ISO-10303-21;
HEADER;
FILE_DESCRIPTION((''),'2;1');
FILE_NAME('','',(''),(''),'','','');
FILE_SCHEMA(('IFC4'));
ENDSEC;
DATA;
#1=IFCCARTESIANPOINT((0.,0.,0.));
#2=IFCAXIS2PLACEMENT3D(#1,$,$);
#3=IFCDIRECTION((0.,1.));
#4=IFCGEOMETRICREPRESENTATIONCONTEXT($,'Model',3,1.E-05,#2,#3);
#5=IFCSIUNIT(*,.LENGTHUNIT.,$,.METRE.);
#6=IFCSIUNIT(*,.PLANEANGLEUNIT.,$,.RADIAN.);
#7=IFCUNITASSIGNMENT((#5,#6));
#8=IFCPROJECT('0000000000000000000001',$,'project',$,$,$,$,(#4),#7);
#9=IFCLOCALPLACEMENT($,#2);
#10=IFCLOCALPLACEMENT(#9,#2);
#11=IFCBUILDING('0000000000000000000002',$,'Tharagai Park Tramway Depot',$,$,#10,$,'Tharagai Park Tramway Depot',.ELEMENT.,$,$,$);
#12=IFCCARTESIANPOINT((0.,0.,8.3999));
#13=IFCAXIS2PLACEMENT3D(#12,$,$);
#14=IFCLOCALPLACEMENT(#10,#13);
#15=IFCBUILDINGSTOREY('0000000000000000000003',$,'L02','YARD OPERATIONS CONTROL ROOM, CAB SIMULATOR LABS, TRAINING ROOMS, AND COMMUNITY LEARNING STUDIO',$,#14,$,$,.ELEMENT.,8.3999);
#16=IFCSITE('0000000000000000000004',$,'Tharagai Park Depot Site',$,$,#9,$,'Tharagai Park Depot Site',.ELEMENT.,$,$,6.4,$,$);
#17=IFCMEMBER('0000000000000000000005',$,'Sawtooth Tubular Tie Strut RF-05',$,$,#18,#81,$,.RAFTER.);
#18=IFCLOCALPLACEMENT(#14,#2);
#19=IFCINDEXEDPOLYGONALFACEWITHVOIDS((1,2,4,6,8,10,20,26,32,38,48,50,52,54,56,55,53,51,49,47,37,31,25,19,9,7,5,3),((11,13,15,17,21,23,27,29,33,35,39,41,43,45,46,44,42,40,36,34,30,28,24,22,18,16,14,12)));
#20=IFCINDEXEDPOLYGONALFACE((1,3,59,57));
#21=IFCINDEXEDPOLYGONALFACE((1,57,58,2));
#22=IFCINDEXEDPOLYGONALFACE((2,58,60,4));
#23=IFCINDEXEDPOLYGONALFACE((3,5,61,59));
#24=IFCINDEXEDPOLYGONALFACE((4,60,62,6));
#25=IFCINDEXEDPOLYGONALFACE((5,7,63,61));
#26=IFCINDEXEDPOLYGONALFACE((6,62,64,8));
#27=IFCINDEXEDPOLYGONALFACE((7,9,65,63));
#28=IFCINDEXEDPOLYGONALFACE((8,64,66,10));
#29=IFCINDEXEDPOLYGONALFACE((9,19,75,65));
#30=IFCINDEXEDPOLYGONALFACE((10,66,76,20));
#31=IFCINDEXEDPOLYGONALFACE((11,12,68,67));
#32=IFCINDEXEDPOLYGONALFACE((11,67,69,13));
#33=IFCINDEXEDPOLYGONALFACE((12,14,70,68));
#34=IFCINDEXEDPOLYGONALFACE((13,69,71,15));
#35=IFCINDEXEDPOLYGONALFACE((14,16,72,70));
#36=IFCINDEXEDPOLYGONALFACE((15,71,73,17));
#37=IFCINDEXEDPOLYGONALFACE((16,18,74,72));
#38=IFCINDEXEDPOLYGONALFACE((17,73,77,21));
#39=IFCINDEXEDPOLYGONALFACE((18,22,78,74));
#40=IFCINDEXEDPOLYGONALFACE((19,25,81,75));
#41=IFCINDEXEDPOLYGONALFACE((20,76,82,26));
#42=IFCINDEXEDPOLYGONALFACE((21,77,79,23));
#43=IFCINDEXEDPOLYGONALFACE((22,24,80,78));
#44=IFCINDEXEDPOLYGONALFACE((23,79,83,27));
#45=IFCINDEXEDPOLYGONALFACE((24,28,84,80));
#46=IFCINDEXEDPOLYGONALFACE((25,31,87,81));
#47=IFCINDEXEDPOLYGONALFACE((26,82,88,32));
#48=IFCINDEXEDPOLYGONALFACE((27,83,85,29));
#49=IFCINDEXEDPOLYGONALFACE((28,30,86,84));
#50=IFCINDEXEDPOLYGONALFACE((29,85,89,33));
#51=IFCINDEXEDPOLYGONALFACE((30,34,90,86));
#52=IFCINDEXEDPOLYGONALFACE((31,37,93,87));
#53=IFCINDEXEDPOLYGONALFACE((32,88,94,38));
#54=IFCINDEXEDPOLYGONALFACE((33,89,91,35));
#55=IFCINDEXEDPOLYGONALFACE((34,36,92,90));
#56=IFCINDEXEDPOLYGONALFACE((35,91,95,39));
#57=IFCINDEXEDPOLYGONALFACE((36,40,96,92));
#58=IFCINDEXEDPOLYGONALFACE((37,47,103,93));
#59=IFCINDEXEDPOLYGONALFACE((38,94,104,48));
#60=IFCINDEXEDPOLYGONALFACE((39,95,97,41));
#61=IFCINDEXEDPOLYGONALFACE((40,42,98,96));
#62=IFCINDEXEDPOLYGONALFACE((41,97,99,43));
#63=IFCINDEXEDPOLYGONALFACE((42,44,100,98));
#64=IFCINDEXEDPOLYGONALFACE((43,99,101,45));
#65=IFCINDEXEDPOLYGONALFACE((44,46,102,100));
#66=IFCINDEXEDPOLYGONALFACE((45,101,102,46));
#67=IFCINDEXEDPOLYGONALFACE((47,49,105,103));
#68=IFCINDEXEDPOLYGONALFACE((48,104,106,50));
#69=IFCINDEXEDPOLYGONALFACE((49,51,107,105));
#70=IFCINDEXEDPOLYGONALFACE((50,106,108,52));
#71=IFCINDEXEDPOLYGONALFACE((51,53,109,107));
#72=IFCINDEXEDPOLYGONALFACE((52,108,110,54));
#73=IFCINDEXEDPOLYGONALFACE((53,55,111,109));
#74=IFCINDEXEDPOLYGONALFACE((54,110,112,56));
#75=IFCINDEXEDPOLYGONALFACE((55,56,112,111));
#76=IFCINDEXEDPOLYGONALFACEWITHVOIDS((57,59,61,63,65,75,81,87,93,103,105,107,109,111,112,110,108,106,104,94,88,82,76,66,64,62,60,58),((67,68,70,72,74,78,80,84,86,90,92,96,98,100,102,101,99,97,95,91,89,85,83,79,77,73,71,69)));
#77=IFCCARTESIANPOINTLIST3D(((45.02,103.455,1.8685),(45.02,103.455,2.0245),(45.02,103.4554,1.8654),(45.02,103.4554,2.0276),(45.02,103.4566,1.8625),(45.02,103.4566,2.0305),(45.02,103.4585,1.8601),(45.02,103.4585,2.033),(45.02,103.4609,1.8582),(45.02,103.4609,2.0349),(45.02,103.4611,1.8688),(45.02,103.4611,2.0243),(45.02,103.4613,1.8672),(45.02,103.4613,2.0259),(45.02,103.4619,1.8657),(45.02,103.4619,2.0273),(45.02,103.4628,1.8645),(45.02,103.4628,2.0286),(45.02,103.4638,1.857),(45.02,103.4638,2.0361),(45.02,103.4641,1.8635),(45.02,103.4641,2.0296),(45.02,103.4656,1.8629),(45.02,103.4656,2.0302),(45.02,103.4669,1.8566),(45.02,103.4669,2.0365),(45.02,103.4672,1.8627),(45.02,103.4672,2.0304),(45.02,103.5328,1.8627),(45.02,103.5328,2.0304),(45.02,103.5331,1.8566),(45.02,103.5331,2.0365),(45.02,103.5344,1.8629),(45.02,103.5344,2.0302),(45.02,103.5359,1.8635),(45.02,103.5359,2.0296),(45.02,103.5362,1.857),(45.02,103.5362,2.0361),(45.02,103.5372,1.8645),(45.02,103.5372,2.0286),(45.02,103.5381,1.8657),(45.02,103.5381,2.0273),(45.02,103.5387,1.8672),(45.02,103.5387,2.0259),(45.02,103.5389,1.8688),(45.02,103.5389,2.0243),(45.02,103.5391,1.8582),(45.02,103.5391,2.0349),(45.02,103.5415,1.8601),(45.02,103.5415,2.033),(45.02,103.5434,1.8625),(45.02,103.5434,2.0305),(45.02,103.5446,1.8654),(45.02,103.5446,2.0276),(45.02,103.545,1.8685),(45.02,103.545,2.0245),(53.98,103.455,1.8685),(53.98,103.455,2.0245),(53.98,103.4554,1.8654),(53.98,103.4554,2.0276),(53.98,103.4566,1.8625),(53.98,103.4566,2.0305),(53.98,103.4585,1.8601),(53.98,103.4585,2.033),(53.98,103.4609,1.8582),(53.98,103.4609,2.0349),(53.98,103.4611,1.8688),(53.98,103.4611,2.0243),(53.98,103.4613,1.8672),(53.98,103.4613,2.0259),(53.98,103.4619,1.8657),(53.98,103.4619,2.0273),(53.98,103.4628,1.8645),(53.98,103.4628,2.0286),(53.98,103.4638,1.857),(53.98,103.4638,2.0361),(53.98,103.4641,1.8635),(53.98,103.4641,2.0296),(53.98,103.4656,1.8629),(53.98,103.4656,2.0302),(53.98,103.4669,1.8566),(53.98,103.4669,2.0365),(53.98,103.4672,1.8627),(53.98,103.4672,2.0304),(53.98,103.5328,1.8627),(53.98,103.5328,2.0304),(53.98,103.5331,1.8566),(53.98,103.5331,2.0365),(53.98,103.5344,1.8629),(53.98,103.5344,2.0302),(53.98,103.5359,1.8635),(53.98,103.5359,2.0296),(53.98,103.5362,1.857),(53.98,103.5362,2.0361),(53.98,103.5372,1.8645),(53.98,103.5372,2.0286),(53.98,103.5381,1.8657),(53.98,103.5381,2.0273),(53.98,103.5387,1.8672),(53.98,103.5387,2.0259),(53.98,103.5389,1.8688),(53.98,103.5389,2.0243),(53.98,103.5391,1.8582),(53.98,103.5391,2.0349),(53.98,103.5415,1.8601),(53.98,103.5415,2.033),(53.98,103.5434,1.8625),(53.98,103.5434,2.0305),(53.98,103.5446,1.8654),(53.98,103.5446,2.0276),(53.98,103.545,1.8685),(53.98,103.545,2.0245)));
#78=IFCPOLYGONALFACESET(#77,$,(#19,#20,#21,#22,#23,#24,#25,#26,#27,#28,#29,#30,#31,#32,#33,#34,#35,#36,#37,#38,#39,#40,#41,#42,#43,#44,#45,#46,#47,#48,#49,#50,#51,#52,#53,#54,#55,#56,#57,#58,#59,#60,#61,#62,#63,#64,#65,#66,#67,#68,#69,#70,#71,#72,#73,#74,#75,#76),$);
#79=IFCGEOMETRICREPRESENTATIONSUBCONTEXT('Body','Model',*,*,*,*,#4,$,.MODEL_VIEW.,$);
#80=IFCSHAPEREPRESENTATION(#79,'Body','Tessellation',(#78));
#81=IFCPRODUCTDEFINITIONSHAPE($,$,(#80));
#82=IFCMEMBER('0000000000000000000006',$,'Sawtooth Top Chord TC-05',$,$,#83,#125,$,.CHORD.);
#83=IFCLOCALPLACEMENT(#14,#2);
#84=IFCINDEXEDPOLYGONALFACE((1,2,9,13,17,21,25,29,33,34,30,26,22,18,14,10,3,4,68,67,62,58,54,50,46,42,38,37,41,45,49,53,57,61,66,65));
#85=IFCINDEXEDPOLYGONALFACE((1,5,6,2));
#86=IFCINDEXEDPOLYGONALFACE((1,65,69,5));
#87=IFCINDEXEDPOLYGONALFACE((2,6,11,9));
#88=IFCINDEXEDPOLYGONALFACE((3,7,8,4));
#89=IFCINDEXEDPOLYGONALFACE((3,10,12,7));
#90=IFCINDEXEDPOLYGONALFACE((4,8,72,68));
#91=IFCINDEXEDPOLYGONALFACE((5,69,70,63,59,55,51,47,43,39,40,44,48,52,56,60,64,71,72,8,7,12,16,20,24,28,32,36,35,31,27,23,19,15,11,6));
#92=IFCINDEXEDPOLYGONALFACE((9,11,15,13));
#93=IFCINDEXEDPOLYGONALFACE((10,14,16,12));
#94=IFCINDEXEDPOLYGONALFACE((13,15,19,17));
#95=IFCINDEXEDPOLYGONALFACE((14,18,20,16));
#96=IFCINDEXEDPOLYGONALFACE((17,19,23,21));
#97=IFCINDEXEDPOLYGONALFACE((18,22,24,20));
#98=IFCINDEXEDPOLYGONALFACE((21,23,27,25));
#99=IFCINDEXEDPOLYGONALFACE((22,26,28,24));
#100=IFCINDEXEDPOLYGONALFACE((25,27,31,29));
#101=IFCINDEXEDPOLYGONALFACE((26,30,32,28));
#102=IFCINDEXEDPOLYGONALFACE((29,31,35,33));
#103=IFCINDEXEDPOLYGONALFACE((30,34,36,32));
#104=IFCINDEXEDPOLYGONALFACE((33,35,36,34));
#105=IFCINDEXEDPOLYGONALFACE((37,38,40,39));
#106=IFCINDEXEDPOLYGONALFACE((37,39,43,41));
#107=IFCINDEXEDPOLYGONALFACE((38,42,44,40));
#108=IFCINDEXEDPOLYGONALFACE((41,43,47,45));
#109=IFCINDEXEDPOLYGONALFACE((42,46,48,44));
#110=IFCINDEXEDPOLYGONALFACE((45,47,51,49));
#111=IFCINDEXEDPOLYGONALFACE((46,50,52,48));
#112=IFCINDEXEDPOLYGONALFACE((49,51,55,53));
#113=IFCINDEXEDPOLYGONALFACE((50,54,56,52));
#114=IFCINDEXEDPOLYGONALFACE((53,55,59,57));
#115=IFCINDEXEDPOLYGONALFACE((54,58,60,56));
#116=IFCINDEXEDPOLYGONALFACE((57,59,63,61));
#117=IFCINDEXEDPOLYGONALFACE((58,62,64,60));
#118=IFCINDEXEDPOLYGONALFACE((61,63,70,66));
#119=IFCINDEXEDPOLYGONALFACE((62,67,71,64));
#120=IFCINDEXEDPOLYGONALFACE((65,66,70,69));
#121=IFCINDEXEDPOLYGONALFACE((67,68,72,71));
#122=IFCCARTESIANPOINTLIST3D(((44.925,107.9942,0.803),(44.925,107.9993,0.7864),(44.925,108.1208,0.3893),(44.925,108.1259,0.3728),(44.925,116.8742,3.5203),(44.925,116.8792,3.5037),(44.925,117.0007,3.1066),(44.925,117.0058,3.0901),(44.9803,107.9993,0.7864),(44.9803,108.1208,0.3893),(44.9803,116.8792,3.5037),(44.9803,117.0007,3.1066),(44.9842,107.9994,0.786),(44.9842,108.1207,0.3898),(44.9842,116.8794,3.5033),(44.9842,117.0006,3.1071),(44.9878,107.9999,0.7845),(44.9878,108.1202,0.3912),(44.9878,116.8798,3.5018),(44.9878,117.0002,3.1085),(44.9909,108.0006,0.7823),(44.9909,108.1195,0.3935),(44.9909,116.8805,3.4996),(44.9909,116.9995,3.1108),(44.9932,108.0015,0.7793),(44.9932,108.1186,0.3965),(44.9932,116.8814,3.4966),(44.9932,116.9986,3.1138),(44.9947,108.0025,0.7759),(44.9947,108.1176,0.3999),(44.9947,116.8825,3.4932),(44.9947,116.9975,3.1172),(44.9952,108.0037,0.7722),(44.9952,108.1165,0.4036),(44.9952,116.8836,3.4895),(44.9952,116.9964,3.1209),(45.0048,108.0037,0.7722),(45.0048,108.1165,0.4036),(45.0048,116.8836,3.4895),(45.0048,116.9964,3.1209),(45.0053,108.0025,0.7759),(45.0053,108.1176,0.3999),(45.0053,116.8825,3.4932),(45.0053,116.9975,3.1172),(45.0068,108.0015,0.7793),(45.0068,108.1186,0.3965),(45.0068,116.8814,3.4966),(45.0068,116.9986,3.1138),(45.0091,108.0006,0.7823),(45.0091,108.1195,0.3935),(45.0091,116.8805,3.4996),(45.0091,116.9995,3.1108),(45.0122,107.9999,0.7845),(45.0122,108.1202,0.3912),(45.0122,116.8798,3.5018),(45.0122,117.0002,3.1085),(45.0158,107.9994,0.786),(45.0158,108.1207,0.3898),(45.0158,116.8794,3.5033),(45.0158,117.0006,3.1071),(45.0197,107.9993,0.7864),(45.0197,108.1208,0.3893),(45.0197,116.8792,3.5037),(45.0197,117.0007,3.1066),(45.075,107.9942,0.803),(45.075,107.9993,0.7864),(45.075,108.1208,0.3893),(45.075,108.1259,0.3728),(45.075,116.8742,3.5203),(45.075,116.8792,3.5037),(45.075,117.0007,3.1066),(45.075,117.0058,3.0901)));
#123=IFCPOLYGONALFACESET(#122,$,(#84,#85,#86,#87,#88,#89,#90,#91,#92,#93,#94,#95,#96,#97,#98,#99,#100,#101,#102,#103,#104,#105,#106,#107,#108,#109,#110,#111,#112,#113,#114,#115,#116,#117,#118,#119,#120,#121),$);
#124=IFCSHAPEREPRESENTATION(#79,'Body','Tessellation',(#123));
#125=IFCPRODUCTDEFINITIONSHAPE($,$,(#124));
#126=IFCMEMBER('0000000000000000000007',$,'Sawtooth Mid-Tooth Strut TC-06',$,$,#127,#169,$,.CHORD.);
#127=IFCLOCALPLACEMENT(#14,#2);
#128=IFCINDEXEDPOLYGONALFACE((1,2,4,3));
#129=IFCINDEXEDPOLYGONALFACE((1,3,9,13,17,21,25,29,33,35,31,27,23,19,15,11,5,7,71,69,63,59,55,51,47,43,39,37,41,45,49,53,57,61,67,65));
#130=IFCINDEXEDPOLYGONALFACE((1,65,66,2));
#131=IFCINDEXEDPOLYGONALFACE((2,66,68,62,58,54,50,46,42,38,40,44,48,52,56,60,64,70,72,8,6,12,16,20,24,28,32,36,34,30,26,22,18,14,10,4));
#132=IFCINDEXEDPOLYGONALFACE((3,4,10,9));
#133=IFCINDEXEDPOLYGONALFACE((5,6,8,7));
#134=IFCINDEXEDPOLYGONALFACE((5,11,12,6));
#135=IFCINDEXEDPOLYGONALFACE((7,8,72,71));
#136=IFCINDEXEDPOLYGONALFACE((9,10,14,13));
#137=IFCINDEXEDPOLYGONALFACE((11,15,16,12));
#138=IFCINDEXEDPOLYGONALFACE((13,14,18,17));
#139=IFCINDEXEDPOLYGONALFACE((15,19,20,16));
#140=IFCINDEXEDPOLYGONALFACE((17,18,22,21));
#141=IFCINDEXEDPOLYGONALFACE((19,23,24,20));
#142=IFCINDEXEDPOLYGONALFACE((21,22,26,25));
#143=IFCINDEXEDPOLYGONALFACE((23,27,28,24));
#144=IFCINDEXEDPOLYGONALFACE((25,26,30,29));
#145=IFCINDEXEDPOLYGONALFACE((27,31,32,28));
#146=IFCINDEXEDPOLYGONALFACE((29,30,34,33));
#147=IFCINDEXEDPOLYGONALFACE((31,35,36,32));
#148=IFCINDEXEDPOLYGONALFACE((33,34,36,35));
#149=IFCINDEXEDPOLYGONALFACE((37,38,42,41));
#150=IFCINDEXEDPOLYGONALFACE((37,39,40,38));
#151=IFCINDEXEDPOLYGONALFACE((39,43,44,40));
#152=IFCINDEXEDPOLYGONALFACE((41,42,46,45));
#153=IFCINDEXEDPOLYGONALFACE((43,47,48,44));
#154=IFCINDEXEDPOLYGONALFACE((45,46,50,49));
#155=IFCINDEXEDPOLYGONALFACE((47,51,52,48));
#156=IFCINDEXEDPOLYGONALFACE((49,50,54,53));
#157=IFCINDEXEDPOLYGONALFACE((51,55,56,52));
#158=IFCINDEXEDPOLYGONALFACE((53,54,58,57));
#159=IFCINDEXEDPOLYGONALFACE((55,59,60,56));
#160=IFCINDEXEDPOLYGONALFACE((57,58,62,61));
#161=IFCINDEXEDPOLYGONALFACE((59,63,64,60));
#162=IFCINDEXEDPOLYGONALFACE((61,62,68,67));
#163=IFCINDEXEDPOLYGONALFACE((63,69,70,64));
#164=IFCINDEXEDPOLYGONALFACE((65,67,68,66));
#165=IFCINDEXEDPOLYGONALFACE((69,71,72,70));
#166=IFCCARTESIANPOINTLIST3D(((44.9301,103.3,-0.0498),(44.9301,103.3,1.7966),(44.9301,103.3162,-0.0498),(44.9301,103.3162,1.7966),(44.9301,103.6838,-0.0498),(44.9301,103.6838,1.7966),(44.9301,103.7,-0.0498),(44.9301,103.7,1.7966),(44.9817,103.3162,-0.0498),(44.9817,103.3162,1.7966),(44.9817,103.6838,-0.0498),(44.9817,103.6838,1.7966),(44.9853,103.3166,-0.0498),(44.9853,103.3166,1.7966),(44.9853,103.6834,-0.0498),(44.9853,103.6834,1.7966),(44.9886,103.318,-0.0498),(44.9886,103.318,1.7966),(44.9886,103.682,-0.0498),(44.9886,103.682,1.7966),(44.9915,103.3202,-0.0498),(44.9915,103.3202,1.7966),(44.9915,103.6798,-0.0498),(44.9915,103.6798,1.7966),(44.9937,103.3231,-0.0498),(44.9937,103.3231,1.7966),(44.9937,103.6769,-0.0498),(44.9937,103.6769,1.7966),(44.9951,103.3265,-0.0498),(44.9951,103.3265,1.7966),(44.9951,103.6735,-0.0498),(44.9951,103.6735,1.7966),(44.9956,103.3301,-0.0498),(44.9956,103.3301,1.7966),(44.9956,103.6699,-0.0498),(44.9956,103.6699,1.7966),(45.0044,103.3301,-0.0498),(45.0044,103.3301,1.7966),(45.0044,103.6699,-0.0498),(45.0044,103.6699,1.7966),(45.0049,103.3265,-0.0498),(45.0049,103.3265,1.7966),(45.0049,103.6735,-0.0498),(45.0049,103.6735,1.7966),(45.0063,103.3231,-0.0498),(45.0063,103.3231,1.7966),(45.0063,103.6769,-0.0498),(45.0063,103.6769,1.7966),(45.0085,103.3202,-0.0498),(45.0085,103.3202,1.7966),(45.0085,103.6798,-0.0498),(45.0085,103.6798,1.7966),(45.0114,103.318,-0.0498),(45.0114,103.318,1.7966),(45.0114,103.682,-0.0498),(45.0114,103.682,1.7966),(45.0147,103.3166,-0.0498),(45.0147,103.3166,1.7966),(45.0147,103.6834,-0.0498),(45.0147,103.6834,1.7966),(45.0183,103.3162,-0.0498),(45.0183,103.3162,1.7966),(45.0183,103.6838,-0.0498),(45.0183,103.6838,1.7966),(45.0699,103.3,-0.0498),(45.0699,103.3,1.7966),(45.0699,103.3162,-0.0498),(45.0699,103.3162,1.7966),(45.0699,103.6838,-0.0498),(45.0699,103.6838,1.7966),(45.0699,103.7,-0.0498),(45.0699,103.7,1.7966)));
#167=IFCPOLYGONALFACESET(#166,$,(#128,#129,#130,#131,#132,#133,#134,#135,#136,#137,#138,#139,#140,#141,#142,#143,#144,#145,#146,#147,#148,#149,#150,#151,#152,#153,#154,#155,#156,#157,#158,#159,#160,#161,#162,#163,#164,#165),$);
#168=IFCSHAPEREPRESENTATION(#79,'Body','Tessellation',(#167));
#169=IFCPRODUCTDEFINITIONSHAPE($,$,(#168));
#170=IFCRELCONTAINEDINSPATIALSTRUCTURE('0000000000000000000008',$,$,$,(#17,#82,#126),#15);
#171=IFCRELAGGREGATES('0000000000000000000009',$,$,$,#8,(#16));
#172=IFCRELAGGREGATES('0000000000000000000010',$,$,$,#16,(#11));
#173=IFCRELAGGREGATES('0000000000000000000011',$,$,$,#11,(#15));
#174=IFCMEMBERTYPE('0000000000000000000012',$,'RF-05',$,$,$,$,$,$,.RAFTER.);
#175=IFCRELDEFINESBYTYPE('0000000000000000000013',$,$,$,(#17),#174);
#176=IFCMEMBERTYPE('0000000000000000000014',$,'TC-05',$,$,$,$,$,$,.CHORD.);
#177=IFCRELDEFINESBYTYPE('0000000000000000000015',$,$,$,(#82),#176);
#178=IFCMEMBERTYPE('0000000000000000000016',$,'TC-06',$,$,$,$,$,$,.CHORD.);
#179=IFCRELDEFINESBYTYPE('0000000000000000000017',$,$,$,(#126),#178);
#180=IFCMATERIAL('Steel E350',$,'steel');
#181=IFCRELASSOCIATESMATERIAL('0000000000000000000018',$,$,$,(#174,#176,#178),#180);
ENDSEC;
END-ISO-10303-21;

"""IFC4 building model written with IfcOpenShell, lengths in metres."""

from ifc_helpers import new_model, si_unit, direction, frame, origin, origin_2d, place, context, subcontext, project, spatial, hollow_rectangle, i_section, extrude, material, material_profile, profile_set, type_object, element, save


model = new_model("IFC4")

# Units and contexts
model_context = context("Model", 3, precision=1e-05, world=origin(), true_north=direction((0.0, 1.0)))
body_context = subcontext(model_context, "Body", "Model", "MODEL_VIEW")
ifc_project = project(units=[si_unit("LENGTHUNIT", "METRE"), si_unit("PLANEANGLEUNIT", "RADIAN")], contexts=[model_context])

# Site, building, storey
site_placement = place(None, origin())
site = spatial("IfcSite", under=ifc_project, at=site_placement, Name="Tharagai Park Depot Site", LongName="Tharagai Park Depot Site", CompositionType="ELEMENT", RefElevation=6.4)
building_placement = place(site_placement, origin())
building = spatial("IfcBuilding", under=site, at=building_placement, Name="Tharagai Park Tramway Depot", LongName="Tharagai Park Tramway Depot", CompositionType="ELEMENT")
storey_placement = place(building_placement, frame((0.0, 0.0, 8.3999)))
storey = spatial("IfcBuildingStorey", under=building, at=storey_placement, Name="L02", Description="YARD OPERATIONS CONTROL ROOM, CAB SIMULATOR LABS, TRAINING ROOMS, AND COMMUNITY LEARNING STUDIO", CompositionType="ELEMENT", Elevation=8.3999)

# Shared definitions
ifc_material_1 = material(Name="Steel E350", Category="steel")

# Members
ifc_material_profile_1 = material_profile(ifc_material_1, hollow_rectangle(XDim=0.0901, YDim=0.1799, WallThickness=0.0061, InnerFilletRadius=0.0061, OuterFilletRadius=0.012, at=origin_2d()), Name="RHS 180x90x6")
ifc_profile_set_1 = profile_set([ifc_material_profile_1], Name="Steel E350")
member_type_1 = type_object("IfcMemberType", Name="RF-05", PredefinedType="RAFTER", material=ifc_profile_set_1)
member_1_placement = place(storey_placement, frame((45.02, 103.5, 1.9465), z_axis=(1.0, 0.0, 0.0), x_axis=(0.0, 1.0, 0.0)))
element("IfcMember", 1, at=member_1_placement, inside=storey, type_object=member_type_1, Name="Sawtooth Tubular Tie Strut RF-05", PredefinedType="RAFTER", context=body_context, shape_type="SweptSolid", body=[
    extrude(hollow_rectangle(XDim=0.0901, YDim=0.1799, WallThickness=0.0061, InnerFilletRadius=0.0061, OuterFilletRadius=0.012, at=origin_2d()), origin(), (0.0, 0.0, 1.0), 8.96),
])
ifc_material_profile_2 = material_profile(ifc_material_1, i_section(OverallWidth=0.1499, OverallDepth=0.45, WebThickness=0.0095, FlangeThickness=0.0173, FilletRadius=0.0149, at=origin_2d()), Name="ISMB 450")
ifc_profile_set_2 = profile_set([ifc_material_profile_2], Name="Steel E350")
member_type_2 = type_object("IfcMemberType", Name="TC-05", PredefinedType="CHORD", material=ifc_profile_set_2)
member_2_placement = place(storey_placement, frame((45.0, 108.0601, 0.5879), z_axis=(0.0, 0.956231, 0.292611), x_axis=(-1.0, 0.0, 0.0)))
element("IfcMember", 2, at=member_2_placement, inside=storey, type_object=member_type_2, Name="Sawtooth Top Chord TC-05", PredefinedType="CHORD", context=body_context, shape_type="SweptSolid", body=[
    extrude(i_section(OverallWidth=0.1499, OverallDepth=0.45, WebThickness=0.0095, FlangeThickness=0.0173, FilletRadius=0.0149, at=origin_2d()), origin(), (0.0, 0.0, 1.0), 9.2864),
])
ifc_material_profile_3 = material_profile(ifc_material_1, i_section(OverallWidth=0.1399, OverallDepth=0.3999, WebThickness=0.0088, FlangeThickness=0.0161, FilletRadius=0.0139, at=origin_2d()), Name="ISMB 400")
ifc_profile_set_3 = profile_set([ifc_material_profile_3], Name="Steel E350")
member_type_3 = type_object("IfcMemberType", Name="TC-06", PredefinedType="CHORD", material=ifc_profile_set_3)
for number, where, z_axis, x_axis, name in (
    (3, (45.0, 103.5, -0.0498), (0.0, 0.0, 1.0), (1.0, 0.0, 0.0), "Sawtooth Mid-Tooth Strut TC-06"),
):
    element("IfcMember", number, at=place(storey_placement, frame(where, z_axis=z_axis, x_axis=x_axis)), inside=storey, type_object=member_type_3, Name=name, PredefinedType="CHORD", context=body_context, shape_type="SweptSolid", body=[
        extrude(i_section(OverallWidth=0.1399, OverallDepth=0.3999, WebThickness=0.0088, FlangeThickness=0.0161, FilletRadius=0.0139, at=origin_2d()), origin(), (0.0, 0.0, 1.0), 1.8464),
    ])

save(model, "model.ifc")
